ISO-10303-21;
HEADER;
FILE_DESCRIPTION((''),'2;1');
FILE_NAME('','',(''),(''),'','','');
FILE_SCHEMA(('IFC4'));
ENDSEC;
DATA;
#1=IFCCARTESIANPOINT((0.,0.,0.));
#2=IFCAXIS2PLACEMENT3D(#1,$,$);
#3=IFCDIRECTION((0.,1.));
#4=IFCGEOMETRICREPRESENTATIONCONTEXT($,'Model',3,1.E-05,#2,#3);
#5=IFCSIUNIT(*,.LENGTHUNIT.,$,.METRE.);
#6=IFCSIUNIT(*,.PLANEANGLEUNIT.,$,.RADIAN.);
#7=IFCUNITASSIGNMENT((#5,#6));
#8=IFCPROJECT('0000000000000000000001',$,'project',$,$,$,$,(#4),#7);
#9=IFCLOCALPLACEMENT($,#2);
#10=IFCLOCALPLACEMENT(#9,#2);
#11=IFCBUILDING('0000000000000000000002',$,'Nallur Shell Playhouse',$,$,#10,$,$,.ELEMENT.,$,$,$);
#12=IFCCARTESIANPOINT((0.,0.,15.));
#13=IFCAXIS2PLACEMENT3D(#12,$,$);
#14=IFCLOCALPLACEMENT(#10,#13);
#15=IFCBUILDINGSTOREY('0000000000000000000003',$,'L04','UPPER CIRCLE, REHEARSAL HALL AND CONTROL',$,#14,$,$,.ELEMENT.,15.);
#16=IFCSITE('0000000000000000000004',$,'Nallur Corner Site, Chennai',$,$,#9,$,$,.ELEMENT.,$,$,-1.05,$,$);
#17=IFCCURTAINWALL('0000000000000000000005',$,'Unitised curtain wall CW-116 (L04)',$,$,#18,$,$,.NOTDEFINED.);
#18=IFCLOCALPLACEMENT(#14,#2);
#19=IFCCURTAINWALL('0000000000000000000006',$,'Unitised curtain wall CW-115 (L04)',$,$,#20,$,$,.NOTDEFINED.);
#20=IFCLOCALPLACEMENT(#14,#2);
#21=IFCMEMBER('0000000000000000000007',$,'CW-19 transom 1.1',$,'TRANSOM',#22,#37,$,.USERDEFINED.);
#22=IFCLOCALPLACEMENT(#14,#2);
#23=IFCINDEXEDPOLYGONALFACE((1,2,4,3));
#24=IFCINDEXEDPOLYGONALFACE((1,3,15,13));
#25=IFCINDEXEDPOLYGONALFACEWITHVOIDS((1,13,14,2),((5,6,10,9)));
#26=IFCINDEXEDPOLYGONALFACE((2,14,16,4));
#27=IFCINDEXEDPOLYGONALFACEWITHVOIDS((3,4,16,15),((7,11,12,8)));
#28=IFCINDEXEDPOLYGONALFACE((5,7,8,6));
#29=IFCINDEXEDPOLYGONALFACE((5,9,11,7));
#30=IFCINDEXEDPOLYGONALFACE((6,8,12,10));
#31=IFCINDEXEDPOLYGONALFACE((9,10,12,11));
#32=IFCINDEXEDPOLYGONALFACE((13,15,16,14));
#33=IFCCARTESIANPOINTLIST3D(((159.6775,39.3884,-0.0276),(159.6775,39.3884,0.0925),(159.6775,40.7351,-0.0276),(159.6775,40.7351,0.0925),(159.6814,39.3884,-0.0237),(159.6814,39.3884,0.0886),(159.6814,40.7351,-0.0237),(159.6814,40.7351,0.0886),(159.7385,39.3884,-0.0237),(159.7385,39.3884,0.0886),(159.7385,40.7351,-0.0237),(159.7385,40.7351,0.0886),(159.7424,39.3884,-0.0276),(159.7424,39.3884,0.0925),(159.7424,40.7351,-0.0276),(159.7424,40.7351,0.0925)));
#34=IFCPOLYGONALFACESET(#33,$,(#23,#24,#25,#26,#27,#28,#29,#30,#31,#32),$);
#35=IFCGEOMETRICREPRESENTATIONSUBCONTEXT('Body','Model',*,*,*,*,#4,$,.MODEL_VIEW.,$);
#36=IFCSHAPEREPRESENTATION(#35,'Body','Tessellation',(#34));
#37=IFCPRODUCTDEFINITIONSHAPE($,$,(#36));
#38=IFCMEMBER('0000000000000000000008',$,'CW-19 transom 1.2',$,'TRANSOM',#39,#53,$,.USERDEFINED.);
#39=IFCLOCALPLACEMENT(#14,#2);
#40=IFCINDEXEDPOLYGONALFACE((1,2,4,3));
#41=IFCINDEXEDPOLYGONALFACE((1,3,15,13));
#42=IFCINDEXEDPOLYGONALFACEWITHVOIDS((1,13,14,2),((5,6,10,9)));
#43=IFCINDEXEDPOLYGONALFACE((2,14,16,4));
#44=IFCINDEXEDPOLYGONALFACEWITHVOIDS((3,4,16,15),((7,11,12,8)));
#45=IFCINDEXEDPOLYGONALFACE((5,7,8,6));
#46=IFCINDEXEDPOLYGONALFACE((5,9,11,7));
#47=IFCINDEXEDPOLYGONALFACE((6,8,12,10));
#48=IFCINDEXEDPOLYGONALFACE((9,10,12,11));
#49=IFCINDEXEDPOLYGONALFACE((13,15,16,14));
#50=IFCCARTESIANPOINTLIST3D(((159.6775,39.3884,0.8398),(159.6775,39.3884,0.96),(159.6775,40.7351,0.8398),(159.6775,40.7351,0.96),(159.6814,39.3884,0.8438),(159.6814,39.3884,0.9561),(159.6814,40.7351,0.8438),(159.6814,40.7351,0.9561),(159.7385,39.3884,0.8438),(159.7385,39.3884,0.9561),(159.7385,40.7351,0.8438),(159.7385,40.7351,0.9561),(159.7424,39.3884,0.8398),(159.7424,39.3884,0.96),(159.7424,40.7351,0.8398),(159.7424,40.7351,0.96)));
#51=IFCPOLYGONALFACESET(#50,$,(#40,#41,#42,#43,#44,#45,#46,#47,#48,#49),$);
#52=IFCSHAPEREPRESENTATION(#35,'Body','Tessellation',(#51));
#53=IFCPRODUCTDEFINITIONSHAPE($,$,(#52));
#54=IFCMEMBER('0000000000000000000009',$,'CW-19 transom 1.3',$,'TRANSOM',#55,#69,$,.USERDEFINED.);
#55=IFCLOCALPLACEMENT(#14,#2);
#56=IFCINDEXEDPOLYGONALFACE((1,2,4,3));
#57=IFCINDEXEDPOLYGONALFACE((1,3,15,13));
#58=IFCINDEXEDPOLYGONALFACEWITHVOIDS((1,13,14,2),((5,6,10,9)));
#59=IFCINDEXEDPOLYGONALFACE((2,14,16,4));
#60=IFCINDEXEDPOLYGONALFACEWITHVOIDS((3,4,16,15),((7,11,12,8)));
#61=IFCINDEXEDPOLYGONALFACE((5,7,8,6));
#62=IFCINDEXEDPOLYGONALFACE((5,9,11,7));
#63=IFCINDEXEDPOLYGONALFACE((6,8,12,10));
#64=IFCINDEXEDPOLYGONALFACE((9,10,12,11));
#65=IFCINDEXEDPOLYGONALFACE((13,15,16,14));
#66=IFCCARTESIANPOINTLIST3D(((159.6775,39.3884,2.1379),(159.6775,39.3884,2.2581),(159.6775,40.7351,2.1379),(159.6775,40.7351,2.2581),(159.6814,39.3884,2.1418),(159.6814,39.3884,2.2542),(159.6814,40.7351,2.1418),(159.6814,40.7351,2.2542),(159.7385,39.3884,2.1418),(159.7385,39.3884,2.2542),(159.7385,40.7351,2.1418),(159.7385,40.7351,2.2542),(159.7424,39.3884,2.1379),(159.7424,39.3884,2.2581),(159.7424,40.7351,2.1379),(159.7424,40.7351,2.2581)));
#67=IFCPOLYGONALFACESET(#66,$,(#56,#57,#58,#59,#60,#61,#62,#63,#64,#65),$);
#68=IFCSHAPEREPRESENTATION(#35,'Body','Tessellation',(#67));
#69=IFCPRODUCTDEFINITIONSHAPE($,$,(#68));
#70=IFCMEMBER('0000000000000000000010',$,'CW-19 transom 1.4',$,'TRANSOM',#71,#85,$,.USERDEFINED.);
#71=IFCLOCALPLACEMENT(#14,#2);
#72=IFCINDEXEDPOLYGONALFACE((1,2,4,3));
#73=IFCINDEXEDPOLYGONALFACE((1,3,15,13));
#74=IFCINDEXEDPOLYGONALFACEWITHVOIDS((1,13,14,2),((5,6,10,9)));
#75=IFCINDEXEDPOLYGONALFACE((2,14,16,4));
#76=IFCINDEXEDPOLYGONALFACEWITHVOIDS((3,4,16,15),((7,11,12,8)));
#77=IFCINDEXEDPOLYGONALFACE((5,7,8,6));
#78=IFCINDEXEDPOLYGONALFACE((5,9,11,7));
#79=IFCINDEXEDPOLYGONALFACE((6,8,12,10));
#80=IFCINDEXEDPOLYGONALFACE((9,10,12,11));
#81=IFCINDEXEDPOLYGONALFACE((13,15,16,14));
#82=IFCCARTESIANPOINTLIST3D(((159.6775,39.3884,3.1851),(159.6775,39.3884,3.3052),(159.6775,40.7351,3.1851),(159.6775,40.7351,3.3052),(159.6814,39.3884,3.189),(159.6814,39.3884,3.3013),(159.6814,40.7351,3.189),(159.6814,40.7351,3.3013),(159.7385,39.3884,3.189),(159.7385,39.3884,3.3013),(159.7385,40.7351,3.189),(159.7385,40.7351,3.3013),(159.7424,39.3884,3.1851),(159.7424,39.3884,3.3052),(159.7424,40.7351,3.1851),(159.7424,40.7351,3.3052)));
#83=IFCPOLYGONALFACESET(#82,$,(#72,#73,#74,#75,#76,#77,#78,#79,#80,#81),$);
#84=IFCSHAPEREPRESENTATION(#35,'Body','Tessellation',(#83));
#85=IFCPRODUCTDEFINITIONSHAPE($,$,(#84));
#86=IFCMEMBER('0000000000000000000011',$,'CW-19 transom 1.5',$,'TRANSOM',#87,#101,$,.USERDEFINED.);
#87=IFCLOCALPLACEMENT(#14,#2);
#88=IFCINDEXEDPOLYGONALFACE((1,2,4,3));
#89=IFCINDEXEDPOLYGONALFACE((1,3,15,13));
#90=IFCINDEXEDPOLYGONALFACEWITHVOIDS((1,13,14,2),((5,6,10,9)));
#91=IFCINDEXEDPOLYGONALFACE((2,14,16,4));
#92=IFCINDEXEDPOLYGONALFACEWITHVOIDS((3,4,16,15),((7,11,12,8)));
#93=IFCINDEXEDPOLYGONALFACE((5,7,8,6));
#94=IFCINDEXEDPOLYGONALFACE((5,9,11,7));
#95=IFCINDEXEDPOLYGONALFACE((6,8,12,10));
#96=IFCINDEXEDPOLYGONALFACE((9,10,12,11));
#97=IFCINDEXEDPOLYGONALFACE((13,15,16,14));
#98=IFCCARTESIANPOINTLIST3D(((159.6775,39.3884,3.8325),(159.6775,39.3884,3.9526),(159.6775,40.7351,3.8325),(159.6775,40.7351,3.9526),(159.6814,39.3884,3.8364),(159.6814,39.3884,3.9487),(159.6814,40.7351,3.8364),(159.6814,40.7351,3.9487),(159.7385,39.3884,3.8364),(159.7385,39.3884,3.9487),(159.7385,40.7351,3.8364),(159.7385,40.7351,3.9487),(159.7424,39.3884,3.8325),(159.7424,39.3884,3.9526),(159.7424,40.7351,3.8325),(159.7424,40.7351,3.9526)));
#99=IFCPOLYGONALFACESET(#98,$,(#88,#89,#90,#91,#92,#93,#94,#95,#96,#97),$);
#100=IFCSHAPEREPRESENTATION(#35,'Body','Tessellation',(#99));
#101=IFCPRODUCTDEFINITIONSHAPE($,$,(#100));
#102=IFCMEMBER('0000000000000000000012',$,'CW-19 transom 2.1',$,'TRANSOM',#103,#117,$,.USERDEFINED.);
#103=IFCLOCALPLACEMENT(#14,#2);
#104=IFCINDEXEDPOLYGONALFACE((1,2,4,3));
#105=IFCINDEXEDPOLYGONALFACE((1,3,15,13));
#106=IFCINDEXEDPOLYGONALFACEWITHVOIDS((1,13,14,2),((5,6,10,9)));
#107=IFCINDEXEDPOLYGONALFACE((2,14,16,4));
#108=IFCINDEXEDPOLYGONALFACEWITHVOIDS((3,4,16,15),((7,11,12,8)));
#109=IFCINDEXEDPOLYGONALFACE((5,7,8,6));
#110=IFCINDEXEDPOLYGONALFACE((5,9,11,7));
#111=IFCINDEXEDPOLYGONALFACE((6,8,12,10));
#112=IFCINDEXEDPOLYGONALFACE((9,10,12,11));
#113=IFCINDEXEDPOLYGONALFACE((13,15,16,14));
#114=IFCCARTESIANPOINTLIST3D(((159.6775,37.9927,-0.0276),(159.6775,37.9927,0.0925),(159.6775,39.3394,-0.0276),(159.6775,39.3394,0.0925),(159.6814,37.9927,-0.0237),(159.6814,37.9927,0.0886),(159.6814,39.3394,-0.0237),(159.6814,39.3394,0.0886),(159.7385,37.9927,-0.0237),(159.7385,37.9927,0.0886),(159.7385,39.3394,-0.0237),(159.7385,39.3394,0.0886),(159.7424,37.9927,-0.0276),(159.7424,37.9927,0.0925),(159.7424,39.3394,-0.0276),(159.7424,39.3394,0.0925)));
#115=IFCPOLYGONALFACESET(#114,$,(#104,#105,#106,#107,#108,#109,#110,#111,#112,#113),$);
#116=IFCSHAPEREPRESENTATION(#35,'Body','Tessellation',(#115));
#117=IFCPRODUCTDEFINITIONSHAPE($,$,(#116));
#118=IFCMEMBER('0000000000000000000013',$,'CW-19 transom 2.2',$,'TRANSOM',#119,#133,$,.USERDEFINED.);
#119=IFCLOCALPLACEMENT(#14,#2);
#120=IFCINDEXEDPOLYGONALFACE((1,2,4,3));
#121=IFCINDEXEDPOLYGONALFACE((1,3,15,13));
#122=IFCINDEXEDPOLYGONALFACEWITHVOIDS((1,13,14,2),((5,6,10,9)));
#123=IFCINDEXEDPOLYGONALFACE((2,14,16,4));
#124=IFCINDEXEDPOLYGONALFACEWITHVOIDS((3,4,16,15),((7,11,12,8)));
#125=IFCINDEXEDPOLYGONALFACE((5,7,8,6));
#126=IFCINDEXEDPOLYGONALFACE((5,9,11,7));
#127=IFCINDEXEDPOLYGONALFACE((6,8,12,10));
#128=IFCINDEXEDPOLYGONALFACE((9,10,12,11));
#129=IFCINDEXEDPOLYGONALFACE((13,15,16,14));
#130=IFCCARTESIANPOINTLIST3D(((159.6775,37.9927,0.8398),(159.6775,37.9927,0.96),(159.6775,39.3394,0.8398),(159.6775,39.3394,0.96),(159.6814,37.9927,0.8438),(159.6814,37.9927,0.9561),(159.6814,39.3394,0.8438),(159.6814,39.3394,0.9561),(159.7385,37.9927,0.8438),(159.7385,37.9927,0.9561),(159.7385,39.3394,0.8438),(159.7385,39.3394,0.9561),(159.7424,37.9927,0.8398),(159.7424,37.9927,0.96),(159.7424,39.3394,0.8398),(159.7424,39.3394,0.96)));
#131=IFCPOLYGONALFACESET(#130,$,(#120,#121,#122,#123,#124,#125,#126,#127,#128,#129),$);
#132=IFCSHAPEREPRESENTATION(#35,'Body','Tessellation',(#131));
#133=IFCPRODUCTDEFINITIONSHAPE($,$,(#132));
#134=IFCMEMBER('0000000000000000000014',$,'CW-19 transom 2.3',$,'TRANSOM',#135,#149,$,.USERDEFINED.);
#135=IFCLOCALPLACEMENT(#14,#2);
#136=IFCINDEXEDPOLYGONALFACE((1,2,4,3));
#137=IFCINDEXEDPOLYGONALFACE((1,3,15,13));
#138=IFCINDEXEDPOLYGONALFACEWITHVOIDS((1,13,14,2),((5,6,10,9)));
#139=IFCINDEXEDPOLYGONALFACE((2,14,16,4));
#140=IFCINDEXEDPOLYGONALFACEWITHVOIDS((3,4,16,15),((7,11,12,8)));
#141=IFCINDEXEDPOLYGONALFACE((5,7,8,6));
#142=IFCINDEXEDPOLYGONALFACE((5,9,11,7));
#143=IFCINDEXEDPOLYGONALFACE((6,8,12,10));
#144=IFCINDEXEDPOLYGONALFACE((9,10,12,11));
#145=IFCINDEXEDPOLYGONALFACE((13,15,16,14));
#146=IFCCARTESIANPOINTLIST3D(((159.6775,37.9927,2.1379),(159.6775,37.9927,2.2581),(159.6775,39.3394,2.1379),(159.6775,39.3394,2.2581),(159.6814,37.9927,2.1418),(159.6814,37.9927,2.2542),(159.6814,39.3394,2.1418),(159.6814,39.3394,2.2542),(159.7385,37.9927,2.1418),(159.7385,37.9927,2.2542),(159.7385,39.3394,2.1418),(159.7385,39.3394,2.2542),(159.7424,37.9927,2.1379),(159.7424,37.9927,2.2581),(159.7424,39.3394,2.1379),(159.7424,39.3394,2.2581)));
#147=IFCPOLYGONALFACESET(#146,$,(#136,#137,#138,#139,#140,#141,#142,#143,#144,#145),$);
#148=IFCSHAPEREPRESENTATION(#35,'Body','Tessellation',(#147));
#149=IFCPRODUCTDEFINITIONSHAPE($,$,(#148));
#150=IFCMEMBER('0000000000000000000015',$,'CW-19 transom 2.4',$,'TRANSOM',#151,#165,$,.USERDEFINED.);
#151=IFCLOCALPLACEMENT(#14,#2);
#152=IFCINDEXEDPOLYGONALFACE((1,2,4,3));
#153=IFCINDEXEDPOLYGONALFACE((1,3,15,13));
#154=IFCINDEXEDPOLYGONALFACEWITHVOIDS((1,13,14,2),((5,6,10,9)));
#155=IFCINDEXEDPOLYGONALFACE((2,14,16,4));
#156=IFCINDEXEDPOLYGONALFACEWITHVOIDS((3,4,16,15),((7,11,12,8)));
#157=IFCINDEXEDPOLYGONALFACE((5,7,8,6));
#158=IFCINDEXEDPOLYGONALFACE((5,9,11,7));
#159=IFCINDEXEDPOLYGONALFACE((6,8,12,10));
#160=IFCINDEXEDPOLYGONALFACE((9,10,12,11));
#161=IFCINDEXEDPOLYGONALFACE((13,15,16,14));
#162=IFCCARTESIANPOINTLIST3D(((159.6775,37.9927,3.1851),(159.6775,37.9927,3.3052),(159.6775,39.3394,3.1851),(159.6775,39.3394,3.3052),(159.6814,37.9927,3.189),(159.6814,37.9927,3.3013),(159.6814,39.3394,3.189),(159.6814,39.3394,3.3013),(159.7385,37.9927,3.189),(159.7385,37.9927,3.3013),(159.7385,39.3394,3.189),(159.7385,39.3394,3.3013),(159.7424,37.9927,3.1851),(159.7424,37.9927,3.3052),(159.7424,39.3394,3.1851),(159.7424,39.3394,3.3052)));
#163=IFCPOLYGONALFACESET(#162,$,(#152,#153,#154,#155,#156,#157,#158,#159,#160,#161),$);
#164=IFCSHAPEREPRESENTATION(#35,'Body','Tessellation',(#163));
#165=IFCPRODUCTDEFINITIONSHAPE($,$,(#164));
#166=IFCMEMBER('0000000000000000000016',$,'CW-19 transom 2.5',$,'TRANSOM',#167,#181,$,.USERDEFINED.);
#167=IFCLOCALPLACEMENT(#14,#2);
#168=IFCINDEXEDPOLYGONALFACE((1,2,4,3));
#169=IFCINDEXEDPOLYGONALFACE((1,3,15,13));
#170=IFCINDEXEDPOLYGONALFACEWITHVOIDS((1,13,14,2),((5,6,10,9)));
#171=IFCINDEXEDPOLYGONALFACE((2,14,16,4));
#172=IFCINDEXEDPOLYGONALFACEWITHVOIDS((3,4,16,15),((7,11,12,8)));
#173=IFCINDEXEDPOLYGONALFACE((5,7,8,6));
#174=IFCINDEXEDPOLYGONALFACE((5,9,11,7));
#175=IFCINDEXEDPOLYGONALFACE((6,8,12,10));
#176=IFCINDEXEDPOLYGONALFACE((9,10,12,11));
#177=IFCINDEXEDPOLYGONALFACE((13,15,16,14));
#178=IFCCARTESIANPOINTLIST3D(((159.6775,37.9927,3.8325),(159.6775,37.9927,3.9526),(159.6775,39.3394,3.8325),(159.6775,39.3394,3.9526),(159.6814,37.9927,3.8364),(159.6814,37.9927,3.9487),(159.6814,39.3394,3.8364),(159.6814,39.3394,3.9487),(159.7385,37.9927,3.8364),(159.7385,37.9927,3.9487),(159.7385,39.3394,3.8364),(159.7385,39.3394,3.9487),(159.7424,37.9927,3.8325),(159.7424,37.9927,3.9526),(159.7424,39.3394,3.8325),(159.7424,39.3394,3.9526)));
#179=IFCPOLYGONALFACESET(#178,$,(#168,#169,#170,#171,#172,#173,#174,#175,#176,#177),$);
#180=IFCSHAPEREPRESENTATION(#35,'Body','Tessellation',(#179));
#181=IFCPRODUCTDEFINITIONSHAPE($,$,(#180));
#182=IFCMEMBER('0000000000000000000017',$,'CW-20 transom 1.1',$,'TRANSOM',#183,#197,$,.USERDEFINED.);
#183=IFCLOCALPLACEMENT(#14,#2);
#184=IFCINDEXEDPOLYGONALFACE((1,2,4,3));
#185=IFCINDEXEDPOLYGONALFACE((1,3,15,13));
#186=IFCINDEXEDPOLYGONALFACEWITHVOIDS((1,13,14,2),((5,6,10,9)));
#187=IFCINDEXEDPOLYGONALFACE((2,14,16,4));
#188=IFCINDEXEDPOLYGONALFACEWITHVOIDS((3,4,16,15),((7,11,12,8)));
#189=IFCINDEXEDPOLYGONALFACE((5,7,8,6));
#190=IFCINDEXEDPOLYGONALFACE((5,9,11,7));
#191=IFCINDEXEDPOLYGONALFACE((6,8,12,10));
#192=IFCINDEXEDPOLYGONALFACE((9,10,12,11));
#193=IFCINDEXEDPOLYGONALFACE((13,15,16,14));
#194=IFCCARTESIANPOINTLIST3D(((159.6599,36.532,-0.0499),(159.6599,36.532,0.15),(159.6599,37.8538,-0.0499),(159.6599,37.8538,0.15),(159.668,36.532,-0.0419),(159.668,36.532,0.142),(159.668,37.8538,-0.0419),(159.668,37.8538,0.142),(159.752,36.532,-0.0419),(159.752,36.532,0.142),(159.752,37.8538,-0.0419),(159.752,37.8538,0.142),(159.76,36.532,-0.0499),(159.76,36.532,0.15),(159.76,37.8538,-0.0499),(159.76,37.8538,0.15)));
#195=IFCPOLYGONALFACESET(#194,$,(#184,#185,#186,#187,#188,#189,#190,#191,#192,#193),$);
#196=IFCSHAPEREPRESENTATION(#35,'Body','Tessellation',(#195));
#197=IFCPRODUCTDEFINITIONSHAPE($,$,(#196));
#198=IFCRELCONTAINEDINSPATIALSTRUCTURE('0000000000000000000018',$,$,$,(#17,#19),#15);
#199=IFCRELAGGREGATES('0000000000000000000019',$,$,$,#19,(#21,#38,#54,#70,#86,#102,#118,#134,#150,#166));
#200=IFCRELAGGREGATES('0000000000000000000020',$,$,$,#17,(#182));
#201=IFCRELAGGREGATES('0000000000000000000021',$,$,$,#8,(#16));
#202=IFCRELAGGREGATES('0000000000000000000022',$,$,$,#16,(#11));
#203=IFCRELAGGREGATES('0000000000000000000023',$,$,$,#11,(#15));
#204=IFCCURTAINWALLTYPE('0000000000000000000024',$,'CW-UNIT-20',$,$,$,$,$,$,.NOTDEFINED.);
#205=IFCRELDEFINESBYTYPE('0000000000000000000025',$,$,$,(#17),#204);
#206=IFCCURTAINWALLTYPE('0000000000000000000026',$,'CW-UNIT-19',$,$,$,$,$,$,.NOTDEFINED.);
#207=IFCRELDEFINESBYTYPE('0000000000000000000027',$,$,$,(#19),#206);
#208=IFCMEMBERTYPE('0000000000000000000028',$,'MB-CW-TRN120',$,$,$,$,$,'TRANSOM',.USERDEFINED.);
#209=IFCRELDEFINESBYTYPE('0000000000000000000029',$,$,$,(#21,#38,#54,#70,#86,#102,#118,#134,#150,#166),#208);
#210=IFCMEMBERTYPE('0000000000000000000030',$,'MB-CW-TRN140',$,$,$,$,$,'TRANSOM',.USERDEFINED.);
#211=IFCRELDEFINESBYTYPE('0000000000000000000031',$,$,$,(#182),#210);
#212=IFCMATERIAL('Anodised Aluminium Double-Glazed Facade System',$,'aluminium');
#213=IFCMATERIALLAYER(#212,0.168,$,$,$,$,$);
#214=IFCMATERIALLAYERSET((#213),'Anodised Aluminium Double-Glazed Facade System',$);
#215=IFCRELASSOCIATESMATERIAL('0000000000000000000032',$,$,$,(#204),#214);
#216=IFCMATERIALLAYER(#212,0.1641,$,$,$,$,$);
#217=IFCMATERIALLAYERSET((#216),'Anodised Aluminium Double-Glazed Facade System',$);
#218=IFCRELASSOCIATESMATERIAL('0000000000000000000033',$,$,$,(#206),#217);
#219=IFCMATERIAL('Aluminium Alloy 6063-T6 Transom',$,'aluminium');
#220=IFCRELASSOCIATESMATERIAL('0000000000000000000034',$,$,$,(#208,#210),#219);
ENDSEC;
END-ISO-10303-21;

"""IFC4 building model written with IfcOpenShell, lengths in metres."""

from ifc_helpers import new_model, si_unit, direction, frame, origin, origin_2d, place, context, subcontext, project, spatial, hollow_rectangle, extrude, material, layer, layer_set, material_profile, profile_set, type_object, element, aggregate, save


model = new_model("IFC4")

# Units and contexts
model_context = context("Model", 3, precision=1e-05, world=origin(), true_north=direction((0.0, 1.0)))
body_context = subcontext(model_context, "Body", "Model", "MODEL_VIEW")
ifc_project = project(units=[si_unit("LENGTHUNIT", "METRE"), si_unit("PLANEANGLEUNIT", "RADIAN")], contexts=[model_context])

# Site, building, storey
site_placement = place(None, origin())
site = spatial("IfcSite", under=ifc_project, at=site_placement, Name="Nallur Corner Site, Chennai", CompositionType="ELEMENT", RefElevation=-1.05)
building_placement = place(site_placement, origin())
building = spatial("IfcBuilding", under=site, at=building_placement, Name="Nallur Shell Playhouse", CompositionType="ELEMENT")
storey_placement = place(building_placement, frame((0.0, 0.0, 15.0)))
storey = spatial("IfcBuildingStorey", under=building, at=storey_placement, Name="L04", Description="UPPER CIRCLE, REHEARSAL HALL AND CONTROL", CompositionType="ELEMENT", Elevation=15.0)

# Curtain wall
ifc_material_1 = material(Name="Anodised Aluminium Double-Glazed Facade System", Category="aluminium")
ifc_layer_1 = layer(ifc_material_1, 0.168)
ifc_layer_set_1 = layer_set([ifc_layer_1], Name="Anodised Aluminium Double-Glazed Facade System")
curtain_wall_type_1 = type_object("IfcCurtainWallType", Name="CW-UNIT-20", PredefinedType="NOTDEFINED", material=ifc_layer_set_1)
curtain_wall_1_placement = place(storey_placement, origin())
curtain_wall_1 = element("IfcCurtainWall", 1, at=curtain_wall_1_placement, inside=storey, type_object=curtain_wall_type_1, Name="Unitised curtain wall CW-116 (L04)", PredefinedType="NOTDEFINED")

# Curtain wall
ifc_layer_2 = layer(ifc_material_1, 0.1641)
ifc_layer_set_2 = layer_set([ifc_layer_2], Name="Anodised Aluminium Double-Glazed Facade System")
curtain_wall_type_2 = type_object("IfcCurtainWallType", Name="CW-UNIT-19", PredefinedType="NOTDEFINED", material=ifc_layer_set_2)
curtain_wall_2_placement = place(storey_placement, origin())
curtain_wall_2 = element("IfcCurtainWall", 2, at=curtain_wall_2_placement, inside=storey, type_object=curtain_wall_type_2, Name="Unitised curtain wall CW-115 (L04)", PredefinedType="NOTDEFINED")

# Members
ifc_material_2 = material(Name="Aluminium Alloy 6063-T6 Transom", Category="aluminium")
ifc_material_profile_1 = material_profile(ifc_material_2, hollow_rectangle(XDim=0.0649, YDim=0.1201, WallThickness=0.0039, at=origin_2d()), Name="ALU 65x120x4")
ifc_profile_set_1 = profile_set([ifc_material_profile_1], Name="Aluminium Alloy 6063-T6 Transom")
member_type_1 = type_object("IfcMemberType", Name="MB-CW-TRN120", ElementType="TRANSOM", PredefinedType="USERDEFINED", material=ifc_profile_set_1)
member_1_placement = place(storey_placement, frame((159.71, 40.7351, 0.0325), z_axis=(0.0, -1.0, 0.0), x_axis=(1.0, 0.0, 0.0)))
member_1 = element("IfcMember", 3, at=member_1_placement, type_object=member_type_1, Name="CW-19 transom 1.1", ObjectType="TRANSOM", PredefinedType="USERDEFINED", context=body_context, shape_type="SweptSolid", body=[
    extrude(hollow_rectangle(XDim=0.0649, YDim=0.1201, WallThickness=0.0039, at=origin_2d()), origin(), (0.0, 0.0, 1.0), 1.3467),
])
member_2_placement = place(storey_placement, frame((159.71, 40.7351, 0.8999), z_axis=(0.0, -1.0, 0.0), x_axis=(1.0, 0.0, 0.0)))
member_2 = element("IfcMember", 4, at=member_2_placement, type_object=member_type_1, Name="CW-19 transom 1.2", ObjectType="TRANSOM", PredefinedType="USERDEFINED", context=body_context, shape_type="SweptSolid", body=[
    extrude(hollow_rectangle(XDim=0.0649, YDim=0.1201, WallThickness=0.0039, at=origin_2d()), origin(), (0.0, 0.0, 1.0), 1.3467),
])
member_3_placement = place(storey_placement, frame((159.71, 40.7351, 2.198), z_axis=(0.0, -1.0, 0.0), x_axis=(1.0, 0.0, 0.0)))
member_3 = element("IfcMember", 5, at=member_3_placement, type_object=member_type_1, Name="CW-19 transom 1.3", ObjectType="TRANSOM", PredefinedType="USERDEFINED", context=body_context, shape_type="SweptSolid", body=[
    extrude(hollow_rectangle(XDim=0.0649, YDim=0.1201, WallThickness=0.0039, at=origin_2d()), origin(), (0.0, 0.0, 1.0), 1.3467),
])
member_4_placement = place(storey_placement, frame((159.71, 40.7351, 3.2451), z_axis=(0.0, -1.0, 0.0), x_axis=(1.0, 0.0, 0.0)))
member_4 = element("IfcMember", 6, at=member_4_placement, type_object=member_type_1, Name="CW-19 transom 1.4", ObjectType="TRANSOM", PredefinedType="USERDEFINED", context=body_context, shape_type="SweptSolid", body=[
    extrude(hollow_rectangle(XDim=0.0649, YDim=0.1201, WallThickness=0.0039, at=origin_2d()), origin(), (0.0, 0.0, 1.0), 1.3467),
])
member_5_placement = place(storey_placement, frame((159.71, 40.7351, 3.8926), z_axis=(0.0, -1.0, 0.0), x_axis=(1.0, 0.0, 0.0)))
member_5 = element("IfcMember", 7, at=member_5_placement, type_object=member_type_1, Name="CW-19 transom 1.5", ObjectType="TRANSOM", PredefinedType="USERDEFINED", context=body_context, shape_type="SweptSolid", body=[
    extrude(hollow_rectangle(XDim=0.0649, YDim=0.1201, WallThickness=0.0039, at=origin_2d()), origin(), (0.0, 0.0, 1.0), 1.3467),
])
member_6_placement = place(storey_placement, frame((159.71, 39.3394, 0.0325), z_axis=(0.0, -1.0, 0.0), x_axis=(1.0, 0.0, 0.0)))
member_6 = element("IfcMember", 8, at=member_6_placement, type_object=member_type_1, Name="CW-19 transom 2.1", ObjectType="TRANSOM", PredefinedType="USERDEFINED", context=body_context, shape_type="SweptSolid", body=[
    extrude(hollow_rectangle(XDim=0.0649, YDim=0.1201, WallThickness=0.0039, at=origin_2d()), origin(), (0.0, 0.0, 1.0), 1.3467),
])
member_7_placement = place(storey_placement, frame((159.71, 39.3394, 0.8999), z_axis=(0.0, -1.0, 0.0), x_axis=(1.0, 0.0, 0.0)))
member_7 = element("IfcMember", 9, at=member_7_placement, type_object=member_type_1, Name="CW-19 transom 2.2", ObjectType="TRANSOM", PredefinedType="USERDEFINED", context=body_context, shape_type="SweptSolid", body=[
    extrude(hollow_rectangle(XDim=0.0649, YDim=0.1201, WallThickness=0.0039, at=origin_2d()), origin(), (0.0, 0.0, 1.0), 1.3467),
])
member_8_placement = place(storey_placement, frame((159.71, 39.3394, 2.198), z_axis=(0.0, -1.0, 0.0), x_axis=(1.0, 0.0, 0.0)))
member_8 = element("IfcMember", 10, at=member_8_placement, type_object=member_type_1, Name="CW-19 transom 2.3", ObjectType="TRANSOM", PredefinedType="USERDEFINED", context=body_context, shape_type="SweptSolid", body=[
    extrude(hollow_rectangle(XDim=0.0649, YDim=0.1201, WallThickness=0.0039, at=origin_2d()), origin(), (0.0, 0.0, 1.0), 1.3467),
])
member_9_placement = place(storey_placement, frame((159.71, 39.3394, 3.2451), z_axis=(0.0, -1.0, 0.0), x_axis=(1.0, 0.0, 0.0)))
member_9 = element("IfcMember", 11, at=member_9_placement, type_object=member_type_1, Name="CW-19 transom 2.4", ObjectType="TRANSOM", PredefinedType="USERDEFINED", context=body_context, shape_type="SweptSolid", body=[
    extrude(hollow_rectangle(XDim=0.0649, YDim=0.1201, WallThickness=0.0039, at=origin_2d()), origin(), (0.0, 0.0, 1.0), 1.3467),
])
member_10_placement = place(storey_placement, frame((159.71, 39.3394, 3.8926), z_axis=(0.0, -1.0, 0.0), x_axis=(1.0, 0.0, 0.0)))
member_10 = element("IfcMember", 12, at=member_10_placement, type_object=member_type_1, Name="CW-19 transom 2.5", ObjectType="TRANSOM", PredefinedType="USERDEFINED", context=body_context, shape_type="SweptSolid", body=[
    extrude(hollow_rectangle(XDim=0.0649, YDim=0.1201, WallThickness=0.0039, at=origin_2d()), origin(), (0.0, 0.0, 1.0), 1.3467),
])
ifc_material_profile_2 = material_profile(ifc_material_2, hollow_rectangle(XDim=0.1001, YDim=0.2, WallThickness=0.0081, at=origin_2d()), Name="RHS 200x100x8")
ifc_profile_set_2 = profile_set([ifc_material_profile_2], Name="Aluminium Alloy 6063-T6 Transom")
member_type_2 = type_object("IfcMemberType", Name="MB-CW-TRN140", ElementType="TRANSOM", PredefinedType="USERDEFINED", material=ifc_profile_set_2)
member_11_placement = place(storey_placement, frame((159.71, 37.8538, 0.05), z_axis=(0.0, -1.0, 0.0), x_axis=(1.0, 0.0, 0.0)))
member_11 = element("IfcMember", 13, at=member_11_placement, type_object=member_type_2, Name="CW-20 transom 1.1", ObjectType="TRANSOM", PredefinedType="USERDEFINED", context=body_context, shape_type="SweptSolid", body=[
    extrude(hollow_rectangle(XDim=0.1001, YDim=0.2, WallThickness=0.0081, at=origin_2d()), origin(), (0.0, 0.0, 1.0), 1.3218),
])

aggregate(curtain_wall_2, [member_1, member_2, member_3, member_4, member_5, member_6, member_7, member_8, member_9, member_10])
aggregate(curtain_wall_1, [member_11])

save(model, "model.ifc")
